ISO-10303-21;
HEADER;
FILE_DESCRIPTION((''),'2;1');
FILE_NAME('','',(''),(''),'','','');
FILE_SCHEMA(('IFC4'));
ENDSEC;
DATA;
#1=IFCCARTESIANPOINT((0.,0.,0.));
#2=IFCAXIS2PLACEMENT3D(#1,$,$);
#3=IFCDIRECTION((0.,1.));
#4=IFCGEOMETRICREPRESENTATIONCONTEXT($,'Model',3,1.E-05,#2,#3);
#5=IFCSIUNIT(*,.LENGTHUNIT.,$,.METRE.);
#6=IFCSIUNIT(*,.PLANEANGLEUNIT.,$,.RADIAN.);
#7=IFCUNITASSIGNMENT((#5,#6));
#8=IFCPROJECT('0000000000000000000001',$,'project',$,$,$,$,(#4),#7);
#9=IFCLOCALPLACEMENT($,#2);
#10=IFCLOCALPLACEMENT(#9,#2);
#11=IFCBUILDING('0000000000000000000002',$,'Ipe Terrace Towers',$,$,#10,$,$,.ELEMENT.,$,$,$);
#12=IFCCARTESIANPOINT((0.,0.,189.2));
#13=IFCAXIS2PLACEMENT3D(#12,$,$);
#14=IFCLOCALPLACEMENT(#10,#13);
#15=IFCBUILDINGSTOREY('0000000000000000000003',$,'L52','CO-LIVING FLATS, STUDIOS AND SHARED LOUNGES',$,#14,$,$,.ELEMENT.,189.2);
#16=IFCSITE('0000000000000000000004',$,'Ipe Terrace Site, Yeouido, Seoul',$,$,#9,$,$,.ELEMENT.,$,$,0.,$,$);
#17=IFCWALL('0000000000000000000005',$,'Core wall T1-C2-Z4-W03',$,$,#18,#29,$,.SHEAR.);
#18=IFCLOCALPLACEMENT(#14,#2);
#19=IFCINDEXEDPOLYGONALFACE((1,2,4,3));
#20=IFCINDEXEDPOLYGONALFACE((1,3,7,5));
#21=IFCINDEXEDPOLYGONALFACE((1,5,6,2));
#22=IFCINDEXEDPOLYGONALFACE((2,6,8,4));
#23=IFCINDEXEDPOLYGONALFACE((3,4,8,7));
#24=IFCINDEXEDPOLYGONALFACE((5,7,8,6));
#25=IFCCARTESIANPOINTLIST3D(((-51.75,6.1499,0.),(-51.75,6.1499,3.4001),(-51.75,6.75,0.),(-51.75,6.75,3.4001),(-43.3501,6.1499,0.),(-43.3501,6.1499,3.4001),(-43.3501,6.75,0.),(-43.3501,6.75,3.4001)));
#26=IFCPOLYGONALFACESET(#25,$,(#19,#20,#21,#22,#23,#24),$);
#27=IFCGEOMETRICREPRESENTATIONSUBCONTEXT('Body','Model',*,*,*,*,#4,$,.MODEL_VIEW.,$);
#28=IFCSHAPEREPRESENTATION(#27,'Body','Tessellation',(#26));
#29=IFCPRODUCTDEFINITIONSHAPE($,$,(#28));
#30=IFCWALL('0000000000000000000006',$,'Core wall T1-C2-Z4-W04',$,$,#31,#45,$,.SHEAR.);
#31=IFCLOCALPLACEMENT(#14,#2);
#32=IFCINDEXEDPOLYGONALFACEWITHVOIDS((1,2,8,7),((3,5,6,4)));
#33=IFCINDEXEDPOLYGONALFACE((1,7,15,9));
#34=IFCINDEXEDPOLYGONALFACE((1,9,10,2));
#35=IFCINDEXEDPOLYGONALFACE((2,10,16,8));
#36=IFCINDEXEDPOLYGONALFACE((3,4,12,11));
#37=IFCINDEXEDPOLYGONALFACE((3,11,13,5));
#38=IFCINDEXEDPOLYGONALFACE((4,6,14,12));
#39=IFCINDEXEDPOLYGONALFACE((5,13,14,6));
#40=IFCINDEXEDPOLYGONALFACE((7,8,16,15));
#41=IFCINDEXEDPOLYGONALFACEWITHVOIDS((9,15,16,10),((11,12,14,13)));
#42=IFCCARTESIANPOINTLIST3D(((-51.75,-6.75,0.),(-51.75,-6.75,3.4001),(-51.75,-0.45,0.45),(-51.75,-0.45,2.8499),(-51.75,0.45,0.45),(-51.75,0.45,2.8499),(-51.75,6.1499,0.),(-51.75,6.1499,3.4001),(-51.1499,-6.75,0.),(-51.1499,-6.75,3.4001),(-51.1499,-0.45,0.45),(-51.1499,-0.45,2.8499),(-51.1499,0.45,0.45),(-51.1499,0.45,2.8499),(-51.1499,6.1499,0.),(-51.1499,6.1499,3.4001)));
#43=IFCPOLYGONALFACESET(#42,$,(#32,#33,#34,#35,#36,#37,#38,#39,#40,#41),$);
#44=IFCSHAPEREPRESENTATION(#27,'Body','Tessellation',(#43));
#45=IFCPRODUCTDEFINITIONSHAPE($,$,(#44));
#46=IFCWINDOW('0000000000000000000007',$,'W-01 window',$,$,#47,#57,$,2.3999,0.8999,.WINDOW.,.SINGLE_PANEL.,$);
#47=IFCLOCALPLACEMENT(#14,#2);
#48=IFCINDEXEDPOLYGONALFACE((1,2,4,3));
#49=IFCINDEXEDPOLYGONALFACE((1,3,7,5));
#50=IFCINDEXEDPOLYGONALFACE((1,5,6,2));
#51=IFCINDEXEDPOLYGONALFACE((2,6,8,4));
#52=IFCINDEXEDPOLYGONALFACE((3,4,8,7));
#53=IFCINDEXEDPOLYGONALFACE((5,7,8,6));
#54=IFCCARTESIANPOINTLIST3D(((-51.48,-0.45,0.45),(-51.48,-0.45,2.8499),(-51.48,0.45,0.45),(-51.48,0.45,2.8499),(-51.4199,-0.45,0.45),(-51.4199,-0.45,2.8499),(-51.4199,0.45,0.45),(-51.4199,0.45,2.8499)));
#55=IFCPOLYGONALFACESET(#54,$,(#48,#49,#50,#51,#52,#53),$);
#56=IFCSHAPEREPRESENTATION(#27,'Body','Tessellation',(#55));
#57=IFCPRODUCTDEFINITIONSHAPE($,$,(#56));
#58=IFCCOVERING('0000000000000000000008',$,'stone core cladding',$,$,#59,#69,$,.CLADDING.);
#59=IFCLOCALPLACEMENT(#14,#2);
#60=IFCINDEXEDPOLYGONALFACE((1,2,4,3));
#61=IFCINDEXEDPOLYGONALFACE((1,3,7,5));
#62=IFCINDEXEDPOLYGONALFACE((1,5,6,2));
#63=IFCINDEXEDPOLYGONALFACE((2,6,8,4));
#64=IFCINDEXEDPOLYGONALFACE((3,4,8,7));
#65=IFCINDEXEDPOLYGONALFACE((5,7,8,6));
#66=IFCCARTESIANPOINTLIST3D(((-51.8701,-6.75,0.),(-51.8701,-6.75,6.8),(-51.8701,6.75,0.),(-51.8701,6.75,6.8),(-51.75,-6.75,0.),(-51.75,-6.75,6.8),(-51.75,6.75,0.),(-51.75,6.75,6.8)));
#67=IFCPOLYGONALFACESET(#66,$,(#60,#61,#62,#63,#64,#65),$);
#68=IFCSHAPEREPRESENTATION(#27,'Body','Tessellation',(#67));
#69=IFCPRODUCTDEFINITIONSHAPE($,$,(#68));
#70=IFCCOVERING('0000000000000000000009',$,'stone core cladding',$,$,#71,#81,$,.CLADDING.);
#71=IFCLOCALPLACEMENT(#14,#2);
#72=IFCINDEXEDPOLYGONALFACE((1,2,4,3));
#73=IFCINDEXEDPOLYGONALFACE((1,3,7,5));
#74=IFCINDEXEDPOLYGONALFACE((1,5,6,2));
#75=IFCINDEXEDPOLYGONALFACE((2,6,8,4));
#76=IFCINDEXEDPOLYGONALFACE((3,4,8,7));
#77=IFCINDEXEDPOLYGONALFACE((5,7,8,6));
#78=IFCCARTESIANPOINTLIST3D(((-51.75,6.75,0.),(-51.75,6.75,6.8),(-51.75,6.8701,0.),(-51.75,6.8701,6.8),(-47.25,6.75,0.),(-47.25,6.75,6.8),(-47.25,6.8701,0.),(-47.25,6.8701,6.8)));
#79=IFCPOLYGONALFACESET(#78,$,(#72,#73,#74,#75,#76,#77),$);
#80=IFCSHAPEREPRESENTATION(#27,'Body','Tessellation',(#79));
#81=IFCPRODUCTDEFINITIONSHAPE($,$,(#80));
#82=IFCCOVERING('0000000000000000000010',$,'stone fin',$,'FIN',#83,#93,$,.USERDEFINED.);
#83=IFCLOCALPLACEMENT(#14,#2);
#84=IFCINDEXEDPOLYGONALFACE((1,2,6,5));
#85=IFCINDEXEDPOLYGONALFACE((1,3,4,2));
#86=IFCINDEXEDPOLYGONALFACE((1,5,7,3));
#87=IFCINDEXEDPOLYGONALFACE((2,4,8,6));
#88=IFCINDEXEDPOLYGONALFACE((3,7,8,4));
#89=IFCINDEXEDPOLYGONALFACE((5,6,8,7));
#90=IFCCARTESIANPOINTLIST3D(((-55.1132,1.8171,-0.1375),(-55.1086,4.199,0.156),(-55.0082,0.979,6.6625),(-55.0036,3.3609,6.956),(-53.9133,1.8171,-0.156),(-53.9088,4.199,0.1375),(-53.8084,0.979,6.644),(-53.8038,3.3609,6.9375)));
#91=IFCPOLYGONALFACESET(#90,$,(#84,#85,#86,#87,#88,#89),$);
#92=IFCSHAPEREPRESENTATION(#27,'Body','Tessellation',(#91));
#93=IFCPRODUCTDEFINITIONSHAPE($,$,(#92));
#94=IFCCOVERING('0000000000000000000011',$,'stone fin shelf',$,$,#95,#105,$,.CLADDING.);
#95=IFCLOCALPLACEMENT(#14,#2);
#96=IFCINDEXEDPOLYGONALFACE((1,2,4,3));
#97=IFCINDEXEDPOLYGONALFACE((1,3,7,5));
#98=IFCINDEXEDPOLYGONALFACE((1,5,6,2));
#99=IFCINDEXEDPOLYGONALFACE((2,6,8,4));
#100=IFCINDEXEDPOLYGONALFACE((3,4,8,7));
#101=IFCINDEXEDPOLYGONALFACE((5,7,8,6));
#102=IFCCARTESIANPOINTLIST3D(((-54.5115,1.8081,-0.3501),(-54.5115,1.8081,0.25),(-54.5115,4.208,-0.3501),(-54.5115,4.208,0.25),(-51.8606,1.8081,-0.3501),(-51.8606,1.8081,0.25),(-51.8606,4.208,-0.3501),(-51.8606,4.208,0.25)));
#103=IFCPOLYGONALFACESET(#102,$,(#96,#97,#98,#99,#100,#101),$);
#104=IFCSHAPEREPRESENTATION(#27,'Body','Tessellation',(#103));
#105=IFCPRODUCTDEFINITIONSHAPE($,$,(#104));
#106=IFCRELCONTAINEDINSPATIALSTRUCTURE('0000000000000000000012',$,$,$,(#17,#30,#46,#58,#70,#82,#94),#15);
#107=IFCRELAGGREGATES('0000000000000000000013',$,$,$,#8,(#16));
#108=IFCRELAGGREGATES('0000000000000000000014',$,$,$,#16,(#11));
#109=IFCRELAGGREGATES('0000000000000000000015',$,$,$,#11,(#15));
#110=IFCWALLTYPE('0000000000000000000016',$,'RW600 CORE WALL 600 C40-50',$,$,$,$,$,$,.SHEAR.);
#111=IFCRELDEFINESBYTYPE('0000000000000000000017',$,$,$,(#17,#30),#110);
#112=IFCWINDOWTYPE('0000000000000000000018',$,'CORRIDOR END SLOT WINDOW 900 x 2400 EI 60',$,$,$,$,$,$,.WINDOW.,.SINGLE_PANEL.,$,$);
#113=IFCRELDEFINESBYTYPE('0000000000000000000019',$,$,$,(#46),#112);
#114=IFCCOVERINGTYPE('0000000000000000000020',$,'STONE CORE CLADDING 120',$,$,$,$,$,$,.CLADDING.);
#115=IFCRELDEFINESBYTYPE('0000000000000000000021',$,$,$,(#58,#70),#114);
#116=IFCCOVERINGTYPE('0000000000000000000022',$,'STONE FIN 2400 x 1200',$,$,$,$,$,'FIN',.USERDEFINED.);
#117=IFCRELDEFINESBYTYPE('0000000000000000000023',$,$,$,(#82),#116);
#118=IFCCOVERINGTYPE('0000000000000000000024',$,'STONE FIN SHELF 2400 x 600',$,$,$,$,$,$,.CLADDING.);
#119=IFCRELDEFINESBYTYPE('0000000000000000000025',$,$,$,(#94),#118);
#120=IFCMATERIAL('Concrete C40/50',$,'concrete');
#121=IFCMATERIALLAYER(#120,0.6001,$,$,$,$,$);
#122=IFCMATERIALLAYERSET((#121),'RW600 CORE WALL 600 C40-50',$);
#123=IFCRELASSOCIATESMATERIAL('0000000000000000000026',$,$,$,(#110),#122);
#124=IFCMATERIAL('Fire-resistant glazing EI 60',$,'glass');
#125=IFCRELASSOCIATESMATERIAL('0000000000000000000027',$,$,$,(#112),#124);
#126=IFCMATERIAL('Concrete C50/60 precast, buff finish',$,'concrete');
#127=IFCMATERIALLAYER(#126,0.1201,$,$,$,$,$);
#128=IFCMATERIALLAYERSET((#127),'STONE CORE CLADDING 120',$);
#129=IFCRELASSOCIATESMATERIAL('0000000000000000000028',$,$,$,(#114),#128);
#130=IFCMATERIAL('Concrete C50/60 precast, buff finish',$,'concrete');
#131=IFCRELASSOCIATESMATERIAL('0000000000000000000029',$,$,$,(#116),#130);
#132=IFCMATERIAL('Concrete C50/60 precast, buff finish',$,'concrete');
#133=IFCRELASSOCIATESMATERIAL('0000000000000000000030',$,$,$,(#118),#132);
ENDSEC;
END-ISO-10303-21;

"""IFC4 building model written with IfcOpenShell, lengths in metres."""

from ifc_helpers import new_model, si_unit, direction, frame, frame_2d, origin, origin_2d, place, context, subcontext, project, spatial, rectangle, extrude, material, layer, layer_set, material_profile, profile_set, type_object, element, fill, save


model = new_model("IFC4")

# Units and contexts
model_context = context("Model", 3, precision=1e-05, world=origin(), true_north=direction((0.0, 1.0)))
body_context = subcontext(model_context, "Body", "Model", "MODEL_VIEW")
ifc_project = project(units=[si_unit("LENGTHUNIT", "METRE"), si_unit("PLANEANGLEUNIT", "RADIAN")], contexts=[model_context])

# Site, building, storey
site_placement = place(None, origin())
site = spatial("IfcSite", under=ifc_project, at=site_placement, Name="Ipe Terrace Site, Yeouido, Seoul", CompositionType="ELEMENT", RefElevation=0.0)
building_placement = place(site_placement, origin())
building = spatial("IfcBuilding", under=site, at=building_placement, Name="Ipe Terrace Towers", CompositionType="ELEMENT")
storey_placement = place(building_placement, frame((0.0, 0.0, 189.2)))
storey = spatial("IfcBuildingStorey", under=building, at=storey_placement, Name="L52", Description="CO-LIVING FLATS, STUDIOS AND SHARED LOUNGES", CompositionType="ELEMENT", Elevation=189.2)

# Wall
ifc_material_1 = material(Name="Concrete C40/50", Category="concrete")
ifc_layer_1 = layer(ifc_material_1, 0.6001)
ifc_layer_set_1 = layer_set([ifc_layer_1], Name="RW600 CORE WALL 600 C40-50")
wall_type_1 = type_object("IfcWallType", Name="RW600 CORE WALL 600 C40-50", PredefinedType="SHEAR", material=ifc_layer_set_1)
wall_1_placement = place(storey_placement, frame((-43.3501, 6.45, 0.0), z_axis=(0.0, 0.0, 1.0), x_axis=(-1.0, 0.0, 0.0)))
element("IfcWall", 1, at=wall_1_placement, inside=storey, type_object=wall_type_1, Name="Core wall T1-C2-Z4-W03", PredefinedType="SHEAR", context=body_context, shape_type="SweptSolid", body=[
    extrude(rectangle(XDim=8.3999, YDim=0.6001, at=frame_2d((4.2, 0.0))), origin(), (0.0, 0.0, 1.0), 3.4001),
])

# Wall, opening, window
wall_2_placement = place(storey_placement, frame((-51.45, 6.1499, 0.0), z_axis=(0.0, 0.0, 1.0), x_axis=(0.0, -1.0, 0.0)))
wall_2 = element("IfcWall", 2, at=wall_2_placement, inside=storey, type_object=wall_type_1, Name="Core wall T1-C2-Z4-W04", PredefinedType="SHEAR", context=body_context, shape_type="SweptSolid", body=[
    extrude(rectangle(XDim=12.8999, YDim=0.6001, at=frame_2d((6.45, 0.0))), origin(), (0.0, 0.0, 1.0), 3.4001),
])
opening_1_placement = place(wall_2_placement, frame((5.7, 0.0, 0.45)))
opening_1 = element("IfcOpeningElement", 3, at=opening_1_placement, cuts=wall_2, PredefinedType="OPENING", context=body_context, shape_type="SweptSolid", body=[
    extrude(rectangle(XDim=0.8999, YDim=2.3999, at=frame_2d((0.45, 1.2))), frame((0.0, 0.3101, 0.0), z_axis=(0.0, -1.0, 0.0), x_axis=(1.0, 0.0, 0.0)), (0.0, 0.0, 1.0), 0.6201),
])
ifc_material_2 = material(Name="Fire-resistant glazing EI 60", Category="glass")
window_type = type_object("IfcWindowType", Name="CORRIDOR END SLOT WINDOW 900 x 2400 EI 60", PartitioningType="SINGLE_PANEL", PredefinedType="WINDOW", material=ifc_material_2)
window_placement = place(opening_1_placement, origin())
window = element("IfcWindow", 4, at=window_placement, inside=storey, type_object=window_type, Name="W-01 window", OverallHeight=2.3999, OverallWidth=0.8999, PartitioningType="SINGLE_PANEL", PredefinedType="WINDOW", context=body_context, shape_type="SweptSolid", body=[
    extrude(rectangle(XDim=0.8999, YDim=2.3999, at=frame_2d((0.45, 1.2))), frame((0.0, 0.03, 0.0), z_axis=(0.0, -1.0, 0.0), x_axis=(1.0, 0.0, 0.0)), (0.0, 0.0, 1.0), 0.0601),
])
fill(opening_1, window)

# Coverings
ifc_material_3 = material(Name="Concrete C50/60 precast, buff finish", Category="concrete")
ifc_layer_2 = layer(ifc_material_3, 0.1201)
ifc_layer_set_2 = layer_set([ifc_layer_2], Name="STONE CORE CLADDING 120")
covering_type_1 = type_object("IfcCoveringType", Name="STONE CORE CLADDING 120", PredefinedType="CLADDING", material=ifc_layer_set_2)
covering_1_placement = place(storey_placement, frame((-51.8101, 0.0, 0.0), z_axis=(0.0, 0.0, 1.0), x_axis=(0.0, -1.0, 0.0)))
element("IfcCovering", 5, at=covering_1_placement, inside=storey, type_object=covering_type_1, Name="stone core cladding", PredefinedType="CLADDING", context=body_context, shape_type="SweptSolid", body=[
    extrude(rectangle(XDim=13.5, YDim=0.1201, at=origin_2d()), origin(), (0.0, 0.0, 1.0), 6.8),
])
covering_2_placement = place(storey_placement, frame((-49.5, 6.8101, 0.0), z_axis=(0.0, 0.0, 1.0), x_axis=(-1.0, 0.0, 0.0)))
element("IfcCovering", 6, at=covering_2_placement, inside=storey, type_object=covering_type_1, Name="stone core cladding", PredefinedType="CLADDING", context=body_context, shape_type="SweptSolid", body=[
    extrude(rectangle(XDim=4.5, YDim=0.1201, at=origin_2d()), origin(), (0.0, 0.0, 1.0), 6.8),
])
ifc_material_4 = material(Name="Concrete C50/60 precast, buff finish", Category="concrete")
ifc_material_profile_1 = material_profile(ifc_material_4, rectangle(XDim=2.3999, YDim=1.2, at=origin_2d()), Name="STONE FIN 2400 x 1200")
ifc_profile_set_1 = profile_set([ifc_material_profile_1], Name="Concrete C50/60 precast, buff finish")
covering_type_2 = type_object("IfcCoveringType", Name="STONE FIN 2400 x 1200", ElementType="FIN", PredefinedType="USERDEFINED", material=ifc_profile_set_1)
covering_3_placement = place(storey_placement, frame((-54.511, 3.0081, 0.0), z_axis=(0.01532, -0.122314, 0.992373), x_axis=(-0.001888, -0.992491, -0.1223)))
element("IfcCovering", 7, at=covering_3_placement, inside=storey, type_object=covering_type_2, Name="stone fin", ObjectType="FIN", PredefinedType="USERDEFINED", context=body_context, shape_type="SweptSolid", body=[
    extrude(rectangle(XDim=2.3999, YDim=1.2, at=origin_2d()), origin(), (0.0, 0.0, 1.0), 6.8523),
])
ifc_material_5 = material(Name="Concrete C50/60 precast, buff finish", Category="concrete")
covering_type_3 = type_object("IfcCoveringType", Name="STONE FIN SHELF 2400 x 600", PredefinedType="CLADDING", material=ifc_material_5)
covering_4_placement = place(storey_placement, frame((-53.186, 3.0081, -0.3501), z_axis=(0.0, 0.0, 1.0), x_axis=(0.0, -1.0, 0.0)))
element("IfcCovering", 8, at=covering_4_placement, inside=storey, type_object=covering_type_3, Name="stone fin shelf", PredefinedType="CLADDING", context=body_context, shape_type="SweptSolid", body=[
    extrude(rectangle(XDim=2.3999, YDim=2.6509, at=origin_2d()), origin(), (0.0, 0.0, 1.0), 0.6001),
])

save(model, "model.ifc")
